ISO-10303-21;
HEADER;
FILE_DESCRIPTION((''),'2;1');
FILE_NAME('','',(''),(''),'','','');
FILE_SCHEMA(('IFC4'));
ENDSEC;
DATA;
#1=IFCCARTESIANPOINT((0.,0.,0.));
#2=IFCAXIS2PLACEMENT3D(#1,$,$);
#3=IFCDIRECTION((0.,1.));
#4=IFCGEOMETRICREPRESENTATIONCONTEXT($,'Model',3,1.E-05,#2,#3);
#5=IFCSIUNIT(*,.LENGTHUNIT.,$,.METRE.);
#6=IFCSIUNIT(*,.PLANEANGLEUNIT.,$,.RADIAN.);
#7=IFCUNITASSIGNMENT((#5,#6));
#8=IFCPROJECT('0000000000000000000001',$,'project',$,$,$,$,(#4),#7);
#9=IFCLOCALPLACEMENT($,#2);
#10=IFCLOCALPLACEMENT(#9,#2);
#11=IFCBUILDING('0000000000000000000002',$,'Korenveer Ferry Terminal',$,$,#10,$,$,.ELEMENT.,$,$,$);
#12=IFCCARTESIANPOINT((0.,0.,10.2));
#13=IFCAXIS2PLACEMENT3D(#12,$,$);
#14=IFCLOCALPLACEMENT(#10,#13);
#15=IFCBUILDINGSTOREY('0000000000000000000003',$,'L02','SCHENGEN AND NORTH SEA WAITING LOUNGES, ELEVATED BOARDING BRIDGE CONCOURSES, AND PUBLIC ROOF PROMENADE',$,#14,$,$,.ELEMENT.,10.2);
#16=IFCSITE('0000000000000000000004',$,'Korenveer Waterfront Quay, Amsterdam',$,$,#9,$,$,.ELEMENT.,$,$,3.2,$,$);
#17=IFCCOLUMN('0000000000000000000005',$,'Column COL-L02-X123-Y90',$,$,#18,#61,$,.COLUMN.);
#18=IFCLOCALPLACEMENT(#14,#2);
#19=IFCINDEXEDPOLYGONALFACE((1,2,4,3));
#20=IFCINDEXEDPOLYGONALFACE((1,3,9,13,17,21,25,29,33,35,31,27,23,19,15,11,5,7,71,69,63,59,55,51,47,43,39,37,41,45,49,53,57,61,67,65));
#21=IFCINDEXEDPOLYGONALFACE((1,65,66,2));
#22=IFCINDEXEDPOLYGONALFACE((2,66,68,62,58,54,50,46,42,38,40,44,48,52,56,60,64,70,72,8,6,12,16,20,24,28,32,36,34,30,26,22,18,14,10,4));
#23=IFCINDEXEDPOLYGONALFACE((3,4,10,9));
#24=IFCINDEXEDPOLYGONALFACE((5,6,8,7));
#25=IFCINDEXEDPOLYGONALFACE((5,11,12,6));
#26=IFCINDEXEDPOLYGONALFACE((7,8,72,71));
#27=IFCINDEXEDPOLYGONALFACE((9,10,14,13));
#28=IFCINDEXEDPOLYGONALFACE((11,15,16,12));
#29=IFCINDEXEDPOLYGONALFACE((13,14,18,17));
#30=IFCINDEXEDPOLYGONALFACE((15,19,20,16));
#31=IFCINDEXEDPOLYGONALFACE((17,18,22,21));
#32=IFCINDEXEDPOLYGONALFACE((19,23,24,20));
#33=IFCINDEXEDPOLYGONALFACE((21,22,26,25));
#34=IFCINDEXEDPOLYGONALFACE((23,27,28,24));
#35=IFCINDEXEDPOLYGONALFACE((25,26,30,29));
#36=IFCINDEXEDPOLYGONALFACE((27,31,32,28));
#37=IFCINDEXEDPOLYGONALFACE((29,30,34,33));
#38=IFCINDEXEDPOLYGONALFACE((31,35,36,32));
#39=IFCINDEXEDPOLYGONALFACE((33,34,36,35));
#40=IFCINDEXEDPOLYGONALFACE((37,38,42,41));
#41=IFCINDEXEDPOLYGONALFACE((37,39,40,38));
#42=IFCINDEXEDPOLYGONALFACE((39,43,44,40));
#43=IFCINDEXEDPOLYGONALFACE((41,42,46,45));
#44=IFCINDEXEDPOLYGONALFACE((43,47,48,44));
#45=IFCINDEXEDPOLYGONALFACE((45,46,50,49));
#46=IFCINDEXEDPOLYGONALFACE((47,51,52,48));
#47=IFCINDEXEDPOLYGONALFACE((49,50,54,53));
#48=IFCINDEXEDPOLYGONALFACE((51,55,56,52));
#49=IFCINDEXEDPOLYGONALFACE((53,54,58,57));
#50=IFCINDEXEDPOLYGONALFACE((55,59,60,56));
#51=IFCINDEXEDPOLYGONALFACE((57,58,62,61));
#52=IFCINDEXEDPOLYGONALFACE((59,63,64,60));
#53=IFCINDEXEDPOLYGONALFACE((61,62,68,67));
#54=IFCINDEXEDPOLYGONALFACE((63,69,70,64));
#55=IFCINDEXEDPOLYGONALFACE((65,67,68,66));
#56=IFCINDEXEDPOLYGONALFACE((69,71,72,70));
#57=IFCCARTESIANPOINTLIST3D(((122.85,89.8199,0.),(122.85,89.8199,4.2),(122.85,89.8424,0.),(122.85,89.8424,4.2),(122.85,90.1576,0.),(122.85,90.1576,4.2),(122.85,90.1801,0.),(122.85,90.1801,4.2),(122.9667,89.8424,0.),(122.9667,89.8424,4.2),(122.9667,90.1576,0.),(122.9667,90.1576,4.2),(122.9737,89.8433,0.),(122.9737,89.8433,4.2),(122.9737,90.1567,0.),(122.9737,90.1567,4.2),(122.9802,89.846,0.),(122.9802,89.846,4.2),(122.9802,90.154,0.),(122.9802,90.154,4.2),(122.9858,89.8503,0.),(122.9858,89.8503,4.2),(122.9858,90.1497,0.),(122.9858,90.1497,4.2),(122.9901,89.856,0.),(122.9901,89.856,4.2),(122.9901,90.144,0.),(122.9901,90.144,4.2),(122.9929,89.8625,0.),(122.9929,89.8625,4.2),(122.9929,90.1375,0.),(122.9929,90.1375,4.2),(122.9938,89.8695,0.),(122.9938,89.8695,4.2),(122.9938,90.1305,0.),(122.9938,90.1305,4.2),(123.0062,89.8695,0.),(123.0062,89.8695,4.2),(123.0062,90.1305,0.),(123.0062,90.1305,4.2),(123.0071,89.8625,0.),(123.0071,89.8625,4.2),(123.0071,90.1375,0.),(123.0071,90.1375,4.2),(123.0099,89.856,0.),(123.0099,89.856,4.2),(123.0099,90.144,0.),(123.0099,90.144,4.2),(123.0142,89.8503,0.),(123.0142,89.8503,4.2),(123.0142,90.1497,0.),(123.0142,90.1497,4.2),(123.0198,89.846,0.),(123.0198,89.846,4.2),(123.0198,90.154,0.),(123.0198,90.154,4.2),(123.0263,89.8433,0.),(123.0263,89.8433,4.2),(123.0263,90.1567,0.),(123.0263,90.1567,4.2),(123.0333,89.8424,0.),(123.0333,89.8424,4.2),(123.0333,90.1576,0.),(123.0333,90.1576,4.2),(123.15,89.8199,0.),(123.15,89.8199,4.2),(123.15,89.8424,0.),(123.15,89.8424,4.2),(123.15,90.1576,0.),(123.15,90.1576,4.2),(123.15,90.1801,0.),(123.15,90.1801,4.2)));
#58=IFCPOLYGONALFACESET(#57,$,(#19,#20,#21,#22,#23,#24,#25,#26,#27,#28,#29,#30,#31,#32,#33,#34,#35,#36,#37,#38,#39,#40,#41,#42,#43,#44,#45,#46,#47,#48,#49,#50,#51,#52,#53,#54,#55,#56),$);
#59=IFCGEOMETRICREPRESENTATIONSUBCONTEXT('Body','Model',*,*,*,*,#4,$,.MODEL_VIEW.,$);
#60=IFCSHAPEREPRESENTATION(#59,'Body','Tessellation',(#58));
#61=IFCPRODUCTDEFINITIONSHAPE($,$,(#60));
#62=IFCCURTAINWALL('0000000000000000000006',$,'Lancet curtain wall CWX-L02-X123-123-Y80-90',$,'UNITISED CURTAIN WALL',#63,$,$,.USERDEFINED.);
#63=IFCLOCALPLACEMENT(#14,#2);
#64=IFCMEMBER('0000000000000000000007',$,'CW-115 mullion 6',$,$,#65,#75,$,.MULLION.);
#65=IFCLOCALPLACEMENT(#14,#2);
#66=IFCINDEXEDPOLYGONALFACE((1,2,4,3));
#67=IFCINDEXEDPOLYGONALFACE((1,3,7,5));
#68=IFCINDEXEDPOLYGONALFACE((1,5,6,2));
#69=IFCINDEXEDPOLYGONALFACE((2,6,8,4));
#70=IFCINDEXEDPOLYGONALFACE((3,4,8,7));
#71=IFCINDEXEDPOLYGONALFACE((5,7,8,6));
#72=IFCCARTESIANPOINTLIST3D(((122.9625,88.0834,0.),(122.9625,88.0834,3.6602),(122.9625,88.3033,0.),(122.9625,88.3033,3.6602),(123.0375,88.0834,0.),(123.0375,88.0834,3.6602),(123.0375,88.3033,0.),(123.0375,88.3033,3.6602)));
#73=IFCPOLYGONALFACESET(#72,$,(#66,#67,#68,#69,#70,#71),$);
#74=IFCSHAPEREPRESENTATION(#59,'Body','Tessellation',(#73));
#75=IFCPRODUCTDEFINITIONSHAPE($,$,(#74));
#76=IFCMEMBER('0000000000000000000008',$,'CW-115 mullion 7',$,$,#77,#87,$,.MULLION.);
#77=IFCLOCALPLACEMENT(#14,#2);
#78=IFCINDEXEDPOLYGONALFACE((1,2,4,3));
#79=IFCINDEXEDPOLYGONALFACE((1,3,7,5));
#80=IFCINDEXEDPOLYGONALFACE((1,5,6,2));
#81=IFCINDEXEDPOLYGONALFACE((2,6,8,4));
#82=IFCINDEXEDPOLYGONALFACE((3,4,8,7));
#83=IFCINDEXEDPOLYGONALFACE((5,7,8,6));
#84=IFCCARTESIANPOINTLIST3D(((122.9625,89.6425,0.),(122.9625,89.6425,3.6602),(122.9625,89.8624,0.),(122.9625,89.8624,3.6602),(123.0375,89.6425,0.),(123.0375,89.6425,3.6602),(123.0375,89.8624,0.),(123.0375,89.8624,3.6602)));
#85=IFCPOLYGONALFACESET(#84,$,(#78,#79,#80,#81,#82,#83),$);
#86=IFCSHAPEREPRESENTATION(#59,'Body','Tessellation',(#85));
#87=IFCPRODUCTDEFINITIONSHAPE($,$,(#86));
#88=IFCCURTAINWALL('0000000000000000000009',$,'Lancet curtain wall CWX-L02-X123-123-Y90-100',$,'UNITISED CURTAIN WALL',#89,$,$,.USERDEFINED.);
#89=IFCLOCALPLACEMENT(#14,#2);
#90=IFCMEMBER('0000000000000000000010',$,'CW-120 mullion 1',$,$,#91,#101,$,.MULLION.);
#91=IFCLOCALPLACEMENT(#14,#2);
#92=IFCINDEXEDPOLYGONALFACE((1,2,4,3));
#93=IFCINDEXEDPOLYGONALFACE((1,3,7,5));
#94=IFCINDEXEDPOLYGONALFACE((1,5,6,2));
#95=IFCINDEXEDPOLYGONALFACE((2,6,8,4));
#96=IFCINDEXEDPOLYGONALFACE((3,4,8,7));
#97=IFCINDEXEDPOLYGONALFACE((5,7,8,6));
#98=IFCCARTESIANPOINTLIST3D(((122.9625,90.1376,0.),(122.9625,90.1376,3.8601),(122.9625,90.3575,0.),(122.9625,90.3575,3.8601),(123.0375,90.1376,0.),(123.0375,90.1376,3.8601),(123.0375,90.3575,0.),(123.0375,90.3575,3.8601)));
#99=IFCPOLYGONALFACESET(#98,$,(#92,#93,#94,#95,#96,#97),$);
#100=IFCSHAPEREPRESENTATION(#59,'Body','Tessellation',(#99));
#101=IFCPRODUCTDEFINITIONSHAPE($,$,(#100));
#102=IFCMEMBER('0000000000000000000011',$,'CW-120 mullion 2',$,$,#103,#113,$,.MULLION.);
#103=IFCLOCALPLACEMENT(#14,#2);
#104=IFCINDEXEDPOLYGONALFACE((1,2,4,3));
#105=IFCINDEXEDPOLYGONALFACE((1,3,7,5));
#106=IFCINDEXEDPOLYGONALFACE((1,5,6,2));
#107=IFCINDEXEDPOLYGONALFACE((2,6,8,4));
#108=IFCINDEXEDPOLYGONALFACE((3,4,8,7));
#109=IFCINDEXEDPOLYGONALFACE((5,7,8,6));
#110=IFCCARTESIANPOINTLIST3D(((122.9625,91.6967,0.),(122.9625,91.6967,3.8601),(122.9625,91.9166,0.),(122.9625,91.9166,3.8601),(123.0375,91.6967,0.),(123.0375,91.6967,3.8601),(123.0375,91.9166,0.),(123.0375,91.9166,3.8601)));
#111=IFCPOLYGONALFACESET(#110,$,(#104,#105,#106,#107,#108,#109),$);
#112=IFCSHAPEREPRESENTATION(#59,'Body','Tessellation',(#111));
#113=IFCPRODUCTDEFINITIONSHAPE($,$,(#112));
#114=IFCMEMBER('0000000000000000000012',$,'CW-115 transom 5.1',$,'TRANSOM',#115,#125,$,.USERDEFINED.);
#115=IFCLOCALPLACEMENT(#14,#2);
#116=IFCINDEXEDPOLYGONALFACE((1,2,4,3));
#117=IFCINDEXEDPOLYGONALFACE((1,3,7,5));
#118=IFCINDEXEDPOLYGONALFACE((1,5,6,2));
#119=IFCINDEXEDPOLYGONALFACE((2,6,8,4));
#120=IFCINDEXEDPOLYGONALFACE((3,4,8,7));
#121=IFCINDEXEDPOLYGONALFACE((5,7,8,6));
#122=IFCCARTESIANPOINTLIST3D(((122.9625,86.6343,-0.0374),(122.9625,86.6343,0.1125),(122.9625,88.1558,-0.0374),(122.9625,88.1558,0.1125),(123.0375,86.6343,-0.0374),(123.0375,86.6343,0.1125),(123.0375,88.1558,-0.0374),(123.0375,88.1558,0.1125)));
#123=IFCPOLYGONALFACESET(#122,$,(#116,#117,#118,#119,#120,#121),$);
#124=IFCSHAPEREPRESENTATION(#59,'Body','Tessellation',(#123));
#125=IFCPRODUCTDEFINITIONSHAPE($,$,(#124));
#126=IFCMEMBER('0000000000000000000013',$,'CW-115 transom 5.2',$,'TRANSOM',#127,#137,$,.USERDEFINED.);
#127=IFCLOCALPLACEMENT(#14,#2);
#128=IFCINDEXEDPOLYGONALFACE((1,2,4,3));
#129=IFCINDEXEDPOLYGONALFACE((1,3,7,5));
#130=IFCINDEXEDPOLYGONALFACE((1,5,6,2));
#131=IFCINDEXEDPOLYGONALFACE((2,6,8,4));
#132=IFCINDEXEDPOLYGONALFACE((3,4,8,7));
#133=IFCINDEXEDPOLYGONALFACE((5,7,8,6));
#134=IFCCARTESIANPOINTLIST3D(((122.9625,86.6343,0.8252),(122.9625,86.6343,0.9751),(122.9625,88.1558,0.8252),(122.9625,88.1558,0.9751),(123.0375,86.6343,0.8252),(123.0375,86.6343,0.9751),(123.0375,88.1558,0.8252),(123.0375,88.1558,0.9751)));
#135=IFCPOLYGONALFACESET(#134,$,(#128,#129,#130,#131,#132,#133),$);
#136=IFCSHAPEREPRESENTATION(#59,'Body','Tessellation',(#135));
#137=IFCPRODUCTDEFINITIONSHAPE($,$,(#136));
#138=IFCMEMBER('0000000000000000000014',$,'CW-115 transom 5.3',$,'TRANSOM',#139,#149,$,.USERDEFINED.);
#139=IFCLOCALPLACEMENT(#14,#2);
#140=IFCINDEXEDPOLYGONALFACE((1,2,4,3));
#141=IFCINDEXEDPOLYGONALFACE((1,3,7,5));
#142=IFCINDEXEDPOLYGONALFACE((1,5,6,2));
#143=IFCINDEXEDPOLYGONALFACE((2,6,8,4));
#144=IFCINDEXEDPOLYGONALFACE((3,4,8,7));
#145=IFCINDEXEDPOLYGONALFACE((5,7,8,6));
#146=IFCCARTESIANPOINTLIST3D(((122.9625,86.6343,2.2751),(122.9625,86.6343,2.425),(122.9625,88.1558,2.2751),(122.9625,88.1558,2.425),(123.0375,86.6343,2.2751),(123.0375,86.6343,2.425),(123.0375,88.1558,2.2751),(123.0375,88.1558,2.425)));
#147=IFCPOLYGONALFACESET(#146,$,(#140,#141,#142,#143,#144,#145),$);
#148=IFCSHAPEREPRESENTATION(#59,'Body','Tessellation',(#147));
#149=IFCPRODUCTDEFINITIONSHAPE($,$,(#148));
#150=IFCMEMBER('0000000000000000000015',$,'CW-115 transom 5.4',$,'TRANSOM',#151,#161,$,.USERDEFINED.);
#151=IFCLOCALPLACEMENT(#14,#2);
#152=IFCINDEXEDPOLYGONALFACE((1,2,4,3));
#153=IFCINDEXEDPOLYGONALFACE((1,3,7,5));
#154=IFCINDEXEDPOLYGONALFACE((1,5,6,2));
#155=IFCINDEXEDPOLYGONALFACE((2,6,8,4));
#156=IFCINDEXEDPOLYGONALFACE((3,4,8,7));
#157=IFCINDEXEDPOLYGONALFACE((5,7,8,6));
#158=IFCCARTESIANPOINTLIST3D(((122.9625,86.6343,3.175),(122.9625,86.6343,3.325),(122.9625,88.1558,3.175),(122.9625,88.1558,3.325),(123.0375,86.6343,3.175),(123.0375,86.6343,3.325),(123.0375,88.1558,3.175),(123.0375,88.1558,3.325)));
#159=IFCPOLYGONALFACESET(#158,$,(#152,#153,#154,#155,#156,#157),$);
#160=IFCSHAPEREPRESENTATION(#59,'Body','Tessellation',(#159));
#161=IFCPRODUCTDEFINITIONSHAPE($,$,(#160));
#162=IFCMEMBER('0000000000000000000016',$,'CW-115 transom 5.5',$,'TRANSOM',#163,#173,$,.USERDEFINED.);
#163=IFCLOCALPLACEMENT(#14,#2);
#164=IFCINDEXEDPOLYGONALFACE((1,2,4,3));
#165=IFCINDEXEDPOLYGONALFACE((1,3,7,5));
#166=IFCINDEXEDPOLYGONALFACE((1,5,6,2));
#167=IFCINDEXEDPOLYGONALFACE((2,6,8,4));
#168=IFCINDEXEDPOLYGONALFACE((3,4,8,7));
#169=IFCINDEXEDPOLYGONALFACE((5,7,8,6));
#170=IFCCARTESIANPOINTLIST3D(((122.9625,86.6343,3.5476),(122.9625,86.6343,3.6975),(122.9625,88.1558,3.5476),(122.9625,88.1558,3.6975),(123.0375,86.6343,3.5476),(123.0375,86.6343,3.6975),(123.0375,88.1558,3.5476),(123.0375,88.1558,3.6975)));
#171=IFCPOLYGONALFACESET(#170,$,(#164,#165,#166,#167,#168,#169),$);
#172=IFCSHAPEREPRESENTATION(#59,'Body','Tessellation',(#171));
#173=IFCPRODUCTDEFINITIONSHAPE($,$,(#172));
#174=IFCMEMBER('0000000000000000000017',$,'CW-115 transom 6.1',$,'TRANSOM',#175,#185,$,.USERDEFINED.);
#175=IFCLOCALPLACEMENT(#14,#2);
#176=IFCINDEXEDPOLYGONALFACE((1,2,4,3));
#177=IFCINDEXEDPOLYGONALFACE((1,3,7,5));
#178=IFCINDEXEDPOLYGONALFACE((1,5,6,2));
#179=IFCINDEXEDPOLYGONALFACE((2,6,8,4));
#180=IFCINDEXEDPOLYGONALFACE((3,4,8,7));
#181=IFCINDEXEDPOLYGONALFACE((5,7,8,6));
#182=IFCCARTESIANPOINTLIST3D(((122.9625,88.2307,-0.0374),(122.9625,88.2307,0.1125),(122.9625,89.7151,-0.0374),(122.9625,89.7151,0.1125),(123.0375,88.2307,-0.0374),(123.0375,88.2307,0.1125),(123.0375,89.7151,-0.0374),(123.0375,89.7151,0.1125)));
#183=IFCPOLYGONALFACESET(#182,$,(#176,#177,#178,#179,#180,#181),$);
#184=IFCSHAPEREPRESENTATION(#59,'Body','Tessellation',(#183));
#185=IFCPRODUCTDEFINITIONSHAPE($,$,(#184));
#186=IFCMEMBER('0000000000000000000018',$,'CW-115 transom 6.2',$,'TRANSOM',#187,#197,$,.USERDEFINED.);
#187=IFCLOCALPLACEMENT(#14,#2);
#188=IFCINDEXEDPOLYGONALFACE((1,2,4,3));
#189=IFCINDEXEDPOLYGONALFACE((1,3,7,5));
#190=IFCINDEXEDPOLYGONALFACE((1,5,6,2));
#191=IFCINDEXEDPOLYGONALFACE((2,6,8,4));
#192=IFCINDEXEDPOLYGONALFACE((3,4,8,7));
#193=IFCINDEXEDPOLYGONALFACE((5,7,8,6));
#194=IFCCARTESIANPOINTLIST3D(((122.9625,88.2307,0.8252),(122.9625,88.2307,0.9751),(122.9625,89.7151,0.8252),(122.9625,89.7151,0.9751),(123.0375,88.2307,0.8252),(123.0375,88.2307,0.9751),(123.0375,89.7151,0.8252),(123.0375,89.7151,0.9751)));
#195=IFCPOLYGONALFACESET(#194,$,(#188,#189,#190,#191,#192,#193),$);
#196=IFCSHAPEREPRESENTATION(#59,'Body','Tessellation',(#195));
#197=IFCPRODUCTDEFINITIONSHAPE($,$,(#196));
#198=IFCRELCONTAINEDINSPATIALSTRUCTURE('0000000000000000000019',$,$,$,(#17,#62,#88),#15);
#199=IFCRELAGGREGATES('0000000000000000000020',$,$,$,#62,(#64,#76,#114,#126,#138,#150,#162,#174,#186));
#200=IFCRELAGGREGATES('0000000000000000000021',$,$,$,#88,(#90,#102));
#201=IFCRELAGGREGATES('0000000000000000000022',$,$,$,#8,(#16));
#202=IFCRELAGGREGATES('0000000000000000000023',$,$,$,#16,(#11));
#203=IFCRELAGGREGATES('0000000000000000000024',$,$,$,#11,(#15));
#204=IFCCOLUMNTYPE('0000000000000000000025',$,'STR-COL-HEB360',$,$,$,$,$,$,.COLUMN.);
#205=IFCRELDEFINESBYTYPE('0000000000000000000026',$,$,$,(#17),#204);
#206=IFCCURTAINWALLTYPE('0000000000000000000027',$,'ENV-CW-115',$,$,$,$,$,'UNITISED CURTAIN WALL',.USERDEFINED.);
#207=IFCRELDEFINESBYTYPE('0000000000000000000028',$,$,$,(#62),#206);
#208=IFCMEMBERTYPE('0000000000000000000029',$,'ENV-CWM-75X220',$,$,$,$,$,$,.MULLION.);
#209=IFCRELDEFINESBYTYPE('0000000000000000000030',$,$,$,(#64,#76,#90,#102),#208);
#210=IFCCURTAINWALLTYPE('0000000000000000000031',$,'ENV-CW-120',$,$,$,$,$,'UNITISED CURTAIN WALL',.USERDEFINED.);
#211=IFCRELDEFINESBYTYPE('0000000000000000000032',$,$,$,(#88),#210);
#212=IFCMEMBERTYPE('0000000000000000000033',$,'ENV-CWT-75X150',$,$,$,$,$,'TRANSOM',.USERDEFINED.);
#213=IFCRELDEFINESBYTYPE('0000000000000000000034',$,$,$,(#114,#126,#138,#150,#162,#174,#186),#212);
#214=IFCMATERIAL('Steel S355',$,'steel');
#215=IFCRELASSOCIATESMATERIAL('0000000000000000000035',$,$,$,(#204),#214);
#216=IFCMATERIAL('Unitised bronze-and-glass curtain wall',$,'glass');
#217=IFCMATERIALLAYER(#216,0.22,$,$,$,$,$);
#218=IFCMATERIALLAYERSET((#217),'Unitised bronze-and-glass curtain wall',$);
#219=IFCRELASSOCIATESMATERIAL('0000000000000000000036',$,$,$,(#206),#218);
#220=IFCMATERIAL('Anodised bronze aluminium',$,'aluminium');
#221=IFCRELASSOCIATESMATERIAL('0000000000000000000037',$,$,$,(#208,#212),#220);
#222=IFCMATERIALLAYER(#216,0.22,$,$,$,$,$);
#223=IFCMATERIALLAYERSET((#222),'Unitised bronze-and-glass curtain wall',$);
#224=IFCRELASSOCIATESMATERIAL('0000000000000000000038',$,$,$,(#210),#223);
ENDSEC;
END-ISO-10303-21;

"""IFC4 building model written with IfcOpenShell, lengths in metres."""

from ifc_helpers import new_model, si_unit, direction, frame, origin, origin_2d, place, context, subcontext, project, spatial, rectangle, i_section, extrude, material, layer, layer_set, material_profile, profile_set, type_object, element, aggregate, save


model = new_model("IFC4")

# Units and contexts
model_context = context("Model", 3, precision=1e-05, world=origin(), true_north=direction((0.0, 1.0)))
body_context = subcontext(model_context, "Body", "Model", "MODEL_VIEW")
ifc_project = project(units=[si_unit("LENGTHUNIT", "METRE"), si_unit("PLANEANGLEUNIT", "RADIAN")], contexts=[model_context])

# Site, building, storey
site_placement = place(None, origin())
site = spatial("IfcSite", under=ifc_project, at=site_placement, Name="Korenveer Waterfront Quay, Amsterdam", CompositionType="ELEMENT", RefElevation=3.2)
building_placement = place(site_placement, origin())
building = spatial("IfcBuilding", under=site, at=building_placement, Name="Korenveer Ferry Terminal", CompositionType="ELEMENT")
storey_placement = place(building_placement, frame((0.0, 0.0, 10.2)))
storey = spatial("IfcBuildingStorey", under=building, at=storey_placement, Name="L02", Description="SCHENGEN AND NORTH SEA WAITING LOUNGES, ELEVATED BOARDING BRIDGE CONCOURSES, AND PUBLIC ROOF PROMENADE", CompositionType="ELEMENT", Elevation=10.2)

# Column
ifc_material_1 = material(Name="Steel S355", Category="steel")
ifc_material_profile_1 = material_profile(ifc_material_1, i_section(OverallWidth=0.3, OverallDepth=0.3601, WebThickness=0.0125, FlangeThickness=0.0225, FilletRadius=0.0271, at=origin_2d()), Name="HEB 360")
ifc_profile_set_1 = profile_set([ifc_material_profile_1], Name="Steel S355")
column_type = type_object("IfcColumnType", Name="STR-COL-HEB360", PredefinedType="COLUMN", material=ifc_profile_set_1)
column_placement = place(storey_placement, frame((123.0, 90.0, 0.0), z_axis=(0.0, 0.0, 1.0), x_axis=(1.0, 0.0, 0.0)))
element("IfcColumn", 1, at=column_placement, inside=storey, type_object=column_type, Name="Column COL-L02-X123-Y90", PredefinedType="COLUMN", context=body_context, shape_type="SweptSolid", body=[
    extrude(i_section(OverallWidth=0.3, OverallDepth=0.3601, WebThickness=0.0125, FlangeThickness=0.0225, FilletRadius=0.0271, at=origin_2d()), origin(), (0.0, 0.0, 1.0), 4.2),
])

# Curtain walls, members
ifc_material_2 = material(Name="Unitised bronze-and-glass curtain wall", Category="glass")
ifc_layer_1 = layer(ifc_material_2, 0.22)
ifc_layer_set_1 = layer_set([ifc_layer_1], Name="Unitised bronze-and-glass curtain wall")
curtain_wall_type_1 = type_object("IfcCurtainWallType", Name="ENV-CW-115", ElementType="UNITISED CURTAIN WALL", PredefinedType="USERDEFINED", material=ifc_layer_set_1)
curtain_wall_1_placement = place(storey_placement, frame((123.0, 80.21, 0.0)))
curtain_wall_1 = element("IfcCurtainWall", 2, at=curtain_wall_1_placement, inside=storey, type_object=curtain_wall_type_1, Name="Lancet curtain wall CWX-L02-X123-123-Y80-90", ObjectType="UNITISED CURTAIN WALL", PredefinedType="USERDEFINED")
ifc_material_3 = material(Name="Anodised bronze aluminium", Category="aluminium")
ifc_material_profile_2 = material_profile(ifc_material_3, rectangle(XDim=0.075, YDim=0.22, at=origin_2d()), Name="ALU 75x220")
ifc_profile_set_2 = profile_set([ifc_material_profile_2], Name="Anodised bronze aluminium")
member_type_1 = type_object("IfcMemberType", Name="ENV-CWM-75X220", PredefinedType="MULLION", material=ifc_profile_set_2)
member_1_placement = place(storey_placement, frame((123.0, 88.1934, 0.0), z_axis=(0.0, 0.0, 1.0), x_axis=(-1.0, 0.0, 0.0)))
member_1 = element("IfcMember", 3, at=member_1_placement, type_object=member_type_1, Name="CW-115 mullion 6", PredefinedType="MULLION", context=body_context, shape_type="SweptSolid", body=[
    extrude(rectangle(XDim=0.075, YDim=0.22, at=origin_2d()), origin(), (0.0, 0.0, 1.0), 3.6602),
])
member_2_placement = place(storey_placement, frame((123.0, 89.7524, 0.0), z_axis=(0.0, 0.0, 1.0), x_axis=(-1.0, 0.0, 0.0)))
member_2 = element("IfcMember", 4, at=member_2_placement, type_object=member_type_1, Name="CW-115 mullion 7", PredefinedType="MULLION", context=body_context, shape_type="SweptSolid", body=[
    extrude(rectangle(XDim=0.075, YDim=0.22, at=origin_2d()), origin(), (0.0, 0.0, 1.0), 3.6602),
])
ifc_layer_2 = layer(ifc_material_2, 0.22)
ifc_layer_set_2 = layer_set([ifc_layer_2], Name="Unitised bronze-and-glass curtain wall")
curtain_wall_type_2 = type_object("IfcCurtainWallType", Name="ENV-CW-120", ElementType="UNITISED CURTAIN WALL", PredefinedType="USERDEFINED", material=ifc_layer_set_2)
curtain_wall_2_placement = place(storey_placement, frame((123.0, 90.21, 0.0)))
curtain_wall_2 = element("IfcCurtainWall", 5, at=curtain_wall_2_placement, inside=storey, type_object=curtain_wall_type_2, Name="Lancet curtain wall CWX-L02-X123-123-Y90-100", ObjectType="UNITISED CURTAIN WALL", PredefinedType="USERDEFINED")
member_3_placement = place(storey_placement, frame((123.0, 90.2476, 0.0), z_axis=(0.0, 0.0, 1.0), x_axis=(-1.0, 0.0, 0.0)))
member_3 = element("IfcMember", 6, at=member_3_placement, type_object=member_type_1, Name="CW-120 mullion 1", PredefinedType="MULLION", context=body_context, shape_type="SweptSolid", body=[
    extrude(rectangle(XDim=0.075, YDim=0.22, at=origin_2d()), origin(), (0.0, 0.0, 1.0), 3.8601),
])
member_4_placement = place(storey_placement, frame((123.0, 91.8066, 0.0), z_axis=(0.0, 0.0, 1.0), x_axis=(-1.0, 0.0, 0.0)))
member_4 = element("IfcMember", 7, at=member_4_placement, type_object=member_type_1, Name="CW-120 mullion 2", PredefinedType="MULLION", context=body_context, shape_type="SweptSolid", body=[
    extrude(rectangle(XDim=0.075, YDim=0.22, at=origin_2d()), origin(), (0.0, 0.0, 1.0), 3.8601),
])

# Members
ifc_material_profile_3 = material_profile(ifc_material_3, rectangle(XDim=0.075, YDim=0.1499, at=origin_2d()), Name="ALU 75x150")
ifc_profile_set_3 = profile_set([ifc_material_profile_3], Name="Anodised bronze aluminium")
member_type_2 = type_object("IfcMemberType", Name="ENV-CWT-75X150", ElementType="TRANSOM", PredefinedType="USERDEFINED", material=ifc_profile_set_3)
member_5_placement = place(storey_placement, frame((123.0, 86.6343, 0.0376), z_axis=(0.0, 1.0, 0.0), x_axis=(-1.0, 0.0, 0.0)))
member_5 = element("IfcMember", 8, at=member_5_placement, type_object=member_type_2, Name="CW-115 transom 5.1", ObjectType="TRANSOM", PredefinedType="USERDEFINED", context=body_context, shape_type="SweptSolid", body=[
    extrude(rectangle(XDim=0.075, YDim=0.1499, at=origin_2d()), origin(), (0.0, 0.0, 1.0), 1.5215),
])
member_6_placement = place(storey_placement, frame((123.0, 86.6343, 0.9001), z_axis=(0.0, 1.0, 0.0), x_axis=(-1.0, 0.0, 0.0)))
member_6 = element("IfcMember", 9, at=member_6_placement, type_object=member_type_2, Name="CW-115 transom 5.2", ObjectType="TRANSOM", PredefinedType="USERDEFINED", context=body_context, shape_type="SweptSolid", body=[
    extrude(rectangle(XDim=0.075, YDim=0.1499, at=origin_2d()), origin(), (0.0, 0.0, 1.0), 1.5215),
])
member_7_placement = place(storey_placement, frame((123.0, 86.6343, 2.3501), z_axis=(0.0, 1.0, 0.0), x_axis=(-1.0, 0.0, 0.0)))
member_7 = element("IfcMember", 10, at=member_7_placement, type_object=member_type_2, Name="CW-115 transom 5.3", ObjectType="TRANSOM", PredefinedType="USERDEFINED", context=body_context, shape_type="SweptSolid", body=[
    extrude(rectangle(XDim=0.075, YDim=0.1499, at=origin_2d()), origin(), (0.0, 0.0, 1.0), 1.5215),
])
member_8_placement = place(storey_placement, frame((123.0, 86.6343, 3.25), z_axis=(0.0, 1.0, 0.0), x_axis=(-1.0, 0.0, 0.0)))
member_8 = element("IfcMember", 11, at=member_8_placement, type_object=member_type_2, Name="CW-115 transom 5.4", ObjectType="TRANSOM", PredefinedType="USERDEFINED", context=body_context, shape_type="SweptSolid", body=[
    extrude(rectangle(XDim=0.075, YDim=0.1499, at=origin_2d()), origin(), (0.0, 0.0, 1.0), 1.5215),
])
member_9_placement = place(storey_placement, frame((123.0, 86.6343, 3.6226), z_axis=(0.0, 1.0, 0.0), x_axis=(-1.0, 0.0, 0.0)))
member_9 = element("IfcMember", 12, at=member_9_placement, type_object=member_type_2, Name="CW-115 transom 5.5", ObjectType="TRANSOM", PredefinedType="USERDEFINED", context=body_context, shape_type="SweptSolid", body=[
    extrude(rectangle(XDim=0.075, YDim=0.1499, at=origin_2d()), origin(), (0.0, 0.0, 1.0), 1.5215),
])
member_10_placement = place(storey_placement, frame((123.0, 88.2307, 0.0376), z_axis=(0.0, 1.0, 0.0), x_axis=(-1.0, 0.0, 0.0)))
member_10 = element("IfcMember", 13, at=member_10_placement, type_object=member_type_2, Name="CW-115 transom 6.1", ObjectType="TRANSOM", PredefinedType="USERDEFINED", context=body_context, shape_type="SweptSolid", body=[
    extrude(rectangle(XDim=0.075, YDim=0.1499, at=origin_2d()), origin(), (0.0, 0.0, 1.0), 1.4844),
])
member_11_placement = place(storey_placement, frame((123.0, 88.2307, 0.9001), z_axis=(0.0, 1.0, 0.0), x_axis=(-1.0, 0.0, 0.0)))
member_11 = element("IfcMember", 14, at=member_11_placement, type_object=member_type_2, Name="CW-115 transom 6.2", ObjectType="TRANSOM", PredefinedType="USERDEFINED", context=body_context, shape_type="SweptSolid", body=[
    extrude(rectangle(XDim=0.075, YDim=0.1499, at=origin_2d()), origin(), (0.0, 0.0, 1.0), 1.4844),
])

aggregate(curtain_wall_1, [member_1, member_2, member_5, member_6, member_7, member_8, member_9, member_10, member_11])
aggregate(curtain_wall_2, [member_3, member_4])

save(model, "model.ifc")
